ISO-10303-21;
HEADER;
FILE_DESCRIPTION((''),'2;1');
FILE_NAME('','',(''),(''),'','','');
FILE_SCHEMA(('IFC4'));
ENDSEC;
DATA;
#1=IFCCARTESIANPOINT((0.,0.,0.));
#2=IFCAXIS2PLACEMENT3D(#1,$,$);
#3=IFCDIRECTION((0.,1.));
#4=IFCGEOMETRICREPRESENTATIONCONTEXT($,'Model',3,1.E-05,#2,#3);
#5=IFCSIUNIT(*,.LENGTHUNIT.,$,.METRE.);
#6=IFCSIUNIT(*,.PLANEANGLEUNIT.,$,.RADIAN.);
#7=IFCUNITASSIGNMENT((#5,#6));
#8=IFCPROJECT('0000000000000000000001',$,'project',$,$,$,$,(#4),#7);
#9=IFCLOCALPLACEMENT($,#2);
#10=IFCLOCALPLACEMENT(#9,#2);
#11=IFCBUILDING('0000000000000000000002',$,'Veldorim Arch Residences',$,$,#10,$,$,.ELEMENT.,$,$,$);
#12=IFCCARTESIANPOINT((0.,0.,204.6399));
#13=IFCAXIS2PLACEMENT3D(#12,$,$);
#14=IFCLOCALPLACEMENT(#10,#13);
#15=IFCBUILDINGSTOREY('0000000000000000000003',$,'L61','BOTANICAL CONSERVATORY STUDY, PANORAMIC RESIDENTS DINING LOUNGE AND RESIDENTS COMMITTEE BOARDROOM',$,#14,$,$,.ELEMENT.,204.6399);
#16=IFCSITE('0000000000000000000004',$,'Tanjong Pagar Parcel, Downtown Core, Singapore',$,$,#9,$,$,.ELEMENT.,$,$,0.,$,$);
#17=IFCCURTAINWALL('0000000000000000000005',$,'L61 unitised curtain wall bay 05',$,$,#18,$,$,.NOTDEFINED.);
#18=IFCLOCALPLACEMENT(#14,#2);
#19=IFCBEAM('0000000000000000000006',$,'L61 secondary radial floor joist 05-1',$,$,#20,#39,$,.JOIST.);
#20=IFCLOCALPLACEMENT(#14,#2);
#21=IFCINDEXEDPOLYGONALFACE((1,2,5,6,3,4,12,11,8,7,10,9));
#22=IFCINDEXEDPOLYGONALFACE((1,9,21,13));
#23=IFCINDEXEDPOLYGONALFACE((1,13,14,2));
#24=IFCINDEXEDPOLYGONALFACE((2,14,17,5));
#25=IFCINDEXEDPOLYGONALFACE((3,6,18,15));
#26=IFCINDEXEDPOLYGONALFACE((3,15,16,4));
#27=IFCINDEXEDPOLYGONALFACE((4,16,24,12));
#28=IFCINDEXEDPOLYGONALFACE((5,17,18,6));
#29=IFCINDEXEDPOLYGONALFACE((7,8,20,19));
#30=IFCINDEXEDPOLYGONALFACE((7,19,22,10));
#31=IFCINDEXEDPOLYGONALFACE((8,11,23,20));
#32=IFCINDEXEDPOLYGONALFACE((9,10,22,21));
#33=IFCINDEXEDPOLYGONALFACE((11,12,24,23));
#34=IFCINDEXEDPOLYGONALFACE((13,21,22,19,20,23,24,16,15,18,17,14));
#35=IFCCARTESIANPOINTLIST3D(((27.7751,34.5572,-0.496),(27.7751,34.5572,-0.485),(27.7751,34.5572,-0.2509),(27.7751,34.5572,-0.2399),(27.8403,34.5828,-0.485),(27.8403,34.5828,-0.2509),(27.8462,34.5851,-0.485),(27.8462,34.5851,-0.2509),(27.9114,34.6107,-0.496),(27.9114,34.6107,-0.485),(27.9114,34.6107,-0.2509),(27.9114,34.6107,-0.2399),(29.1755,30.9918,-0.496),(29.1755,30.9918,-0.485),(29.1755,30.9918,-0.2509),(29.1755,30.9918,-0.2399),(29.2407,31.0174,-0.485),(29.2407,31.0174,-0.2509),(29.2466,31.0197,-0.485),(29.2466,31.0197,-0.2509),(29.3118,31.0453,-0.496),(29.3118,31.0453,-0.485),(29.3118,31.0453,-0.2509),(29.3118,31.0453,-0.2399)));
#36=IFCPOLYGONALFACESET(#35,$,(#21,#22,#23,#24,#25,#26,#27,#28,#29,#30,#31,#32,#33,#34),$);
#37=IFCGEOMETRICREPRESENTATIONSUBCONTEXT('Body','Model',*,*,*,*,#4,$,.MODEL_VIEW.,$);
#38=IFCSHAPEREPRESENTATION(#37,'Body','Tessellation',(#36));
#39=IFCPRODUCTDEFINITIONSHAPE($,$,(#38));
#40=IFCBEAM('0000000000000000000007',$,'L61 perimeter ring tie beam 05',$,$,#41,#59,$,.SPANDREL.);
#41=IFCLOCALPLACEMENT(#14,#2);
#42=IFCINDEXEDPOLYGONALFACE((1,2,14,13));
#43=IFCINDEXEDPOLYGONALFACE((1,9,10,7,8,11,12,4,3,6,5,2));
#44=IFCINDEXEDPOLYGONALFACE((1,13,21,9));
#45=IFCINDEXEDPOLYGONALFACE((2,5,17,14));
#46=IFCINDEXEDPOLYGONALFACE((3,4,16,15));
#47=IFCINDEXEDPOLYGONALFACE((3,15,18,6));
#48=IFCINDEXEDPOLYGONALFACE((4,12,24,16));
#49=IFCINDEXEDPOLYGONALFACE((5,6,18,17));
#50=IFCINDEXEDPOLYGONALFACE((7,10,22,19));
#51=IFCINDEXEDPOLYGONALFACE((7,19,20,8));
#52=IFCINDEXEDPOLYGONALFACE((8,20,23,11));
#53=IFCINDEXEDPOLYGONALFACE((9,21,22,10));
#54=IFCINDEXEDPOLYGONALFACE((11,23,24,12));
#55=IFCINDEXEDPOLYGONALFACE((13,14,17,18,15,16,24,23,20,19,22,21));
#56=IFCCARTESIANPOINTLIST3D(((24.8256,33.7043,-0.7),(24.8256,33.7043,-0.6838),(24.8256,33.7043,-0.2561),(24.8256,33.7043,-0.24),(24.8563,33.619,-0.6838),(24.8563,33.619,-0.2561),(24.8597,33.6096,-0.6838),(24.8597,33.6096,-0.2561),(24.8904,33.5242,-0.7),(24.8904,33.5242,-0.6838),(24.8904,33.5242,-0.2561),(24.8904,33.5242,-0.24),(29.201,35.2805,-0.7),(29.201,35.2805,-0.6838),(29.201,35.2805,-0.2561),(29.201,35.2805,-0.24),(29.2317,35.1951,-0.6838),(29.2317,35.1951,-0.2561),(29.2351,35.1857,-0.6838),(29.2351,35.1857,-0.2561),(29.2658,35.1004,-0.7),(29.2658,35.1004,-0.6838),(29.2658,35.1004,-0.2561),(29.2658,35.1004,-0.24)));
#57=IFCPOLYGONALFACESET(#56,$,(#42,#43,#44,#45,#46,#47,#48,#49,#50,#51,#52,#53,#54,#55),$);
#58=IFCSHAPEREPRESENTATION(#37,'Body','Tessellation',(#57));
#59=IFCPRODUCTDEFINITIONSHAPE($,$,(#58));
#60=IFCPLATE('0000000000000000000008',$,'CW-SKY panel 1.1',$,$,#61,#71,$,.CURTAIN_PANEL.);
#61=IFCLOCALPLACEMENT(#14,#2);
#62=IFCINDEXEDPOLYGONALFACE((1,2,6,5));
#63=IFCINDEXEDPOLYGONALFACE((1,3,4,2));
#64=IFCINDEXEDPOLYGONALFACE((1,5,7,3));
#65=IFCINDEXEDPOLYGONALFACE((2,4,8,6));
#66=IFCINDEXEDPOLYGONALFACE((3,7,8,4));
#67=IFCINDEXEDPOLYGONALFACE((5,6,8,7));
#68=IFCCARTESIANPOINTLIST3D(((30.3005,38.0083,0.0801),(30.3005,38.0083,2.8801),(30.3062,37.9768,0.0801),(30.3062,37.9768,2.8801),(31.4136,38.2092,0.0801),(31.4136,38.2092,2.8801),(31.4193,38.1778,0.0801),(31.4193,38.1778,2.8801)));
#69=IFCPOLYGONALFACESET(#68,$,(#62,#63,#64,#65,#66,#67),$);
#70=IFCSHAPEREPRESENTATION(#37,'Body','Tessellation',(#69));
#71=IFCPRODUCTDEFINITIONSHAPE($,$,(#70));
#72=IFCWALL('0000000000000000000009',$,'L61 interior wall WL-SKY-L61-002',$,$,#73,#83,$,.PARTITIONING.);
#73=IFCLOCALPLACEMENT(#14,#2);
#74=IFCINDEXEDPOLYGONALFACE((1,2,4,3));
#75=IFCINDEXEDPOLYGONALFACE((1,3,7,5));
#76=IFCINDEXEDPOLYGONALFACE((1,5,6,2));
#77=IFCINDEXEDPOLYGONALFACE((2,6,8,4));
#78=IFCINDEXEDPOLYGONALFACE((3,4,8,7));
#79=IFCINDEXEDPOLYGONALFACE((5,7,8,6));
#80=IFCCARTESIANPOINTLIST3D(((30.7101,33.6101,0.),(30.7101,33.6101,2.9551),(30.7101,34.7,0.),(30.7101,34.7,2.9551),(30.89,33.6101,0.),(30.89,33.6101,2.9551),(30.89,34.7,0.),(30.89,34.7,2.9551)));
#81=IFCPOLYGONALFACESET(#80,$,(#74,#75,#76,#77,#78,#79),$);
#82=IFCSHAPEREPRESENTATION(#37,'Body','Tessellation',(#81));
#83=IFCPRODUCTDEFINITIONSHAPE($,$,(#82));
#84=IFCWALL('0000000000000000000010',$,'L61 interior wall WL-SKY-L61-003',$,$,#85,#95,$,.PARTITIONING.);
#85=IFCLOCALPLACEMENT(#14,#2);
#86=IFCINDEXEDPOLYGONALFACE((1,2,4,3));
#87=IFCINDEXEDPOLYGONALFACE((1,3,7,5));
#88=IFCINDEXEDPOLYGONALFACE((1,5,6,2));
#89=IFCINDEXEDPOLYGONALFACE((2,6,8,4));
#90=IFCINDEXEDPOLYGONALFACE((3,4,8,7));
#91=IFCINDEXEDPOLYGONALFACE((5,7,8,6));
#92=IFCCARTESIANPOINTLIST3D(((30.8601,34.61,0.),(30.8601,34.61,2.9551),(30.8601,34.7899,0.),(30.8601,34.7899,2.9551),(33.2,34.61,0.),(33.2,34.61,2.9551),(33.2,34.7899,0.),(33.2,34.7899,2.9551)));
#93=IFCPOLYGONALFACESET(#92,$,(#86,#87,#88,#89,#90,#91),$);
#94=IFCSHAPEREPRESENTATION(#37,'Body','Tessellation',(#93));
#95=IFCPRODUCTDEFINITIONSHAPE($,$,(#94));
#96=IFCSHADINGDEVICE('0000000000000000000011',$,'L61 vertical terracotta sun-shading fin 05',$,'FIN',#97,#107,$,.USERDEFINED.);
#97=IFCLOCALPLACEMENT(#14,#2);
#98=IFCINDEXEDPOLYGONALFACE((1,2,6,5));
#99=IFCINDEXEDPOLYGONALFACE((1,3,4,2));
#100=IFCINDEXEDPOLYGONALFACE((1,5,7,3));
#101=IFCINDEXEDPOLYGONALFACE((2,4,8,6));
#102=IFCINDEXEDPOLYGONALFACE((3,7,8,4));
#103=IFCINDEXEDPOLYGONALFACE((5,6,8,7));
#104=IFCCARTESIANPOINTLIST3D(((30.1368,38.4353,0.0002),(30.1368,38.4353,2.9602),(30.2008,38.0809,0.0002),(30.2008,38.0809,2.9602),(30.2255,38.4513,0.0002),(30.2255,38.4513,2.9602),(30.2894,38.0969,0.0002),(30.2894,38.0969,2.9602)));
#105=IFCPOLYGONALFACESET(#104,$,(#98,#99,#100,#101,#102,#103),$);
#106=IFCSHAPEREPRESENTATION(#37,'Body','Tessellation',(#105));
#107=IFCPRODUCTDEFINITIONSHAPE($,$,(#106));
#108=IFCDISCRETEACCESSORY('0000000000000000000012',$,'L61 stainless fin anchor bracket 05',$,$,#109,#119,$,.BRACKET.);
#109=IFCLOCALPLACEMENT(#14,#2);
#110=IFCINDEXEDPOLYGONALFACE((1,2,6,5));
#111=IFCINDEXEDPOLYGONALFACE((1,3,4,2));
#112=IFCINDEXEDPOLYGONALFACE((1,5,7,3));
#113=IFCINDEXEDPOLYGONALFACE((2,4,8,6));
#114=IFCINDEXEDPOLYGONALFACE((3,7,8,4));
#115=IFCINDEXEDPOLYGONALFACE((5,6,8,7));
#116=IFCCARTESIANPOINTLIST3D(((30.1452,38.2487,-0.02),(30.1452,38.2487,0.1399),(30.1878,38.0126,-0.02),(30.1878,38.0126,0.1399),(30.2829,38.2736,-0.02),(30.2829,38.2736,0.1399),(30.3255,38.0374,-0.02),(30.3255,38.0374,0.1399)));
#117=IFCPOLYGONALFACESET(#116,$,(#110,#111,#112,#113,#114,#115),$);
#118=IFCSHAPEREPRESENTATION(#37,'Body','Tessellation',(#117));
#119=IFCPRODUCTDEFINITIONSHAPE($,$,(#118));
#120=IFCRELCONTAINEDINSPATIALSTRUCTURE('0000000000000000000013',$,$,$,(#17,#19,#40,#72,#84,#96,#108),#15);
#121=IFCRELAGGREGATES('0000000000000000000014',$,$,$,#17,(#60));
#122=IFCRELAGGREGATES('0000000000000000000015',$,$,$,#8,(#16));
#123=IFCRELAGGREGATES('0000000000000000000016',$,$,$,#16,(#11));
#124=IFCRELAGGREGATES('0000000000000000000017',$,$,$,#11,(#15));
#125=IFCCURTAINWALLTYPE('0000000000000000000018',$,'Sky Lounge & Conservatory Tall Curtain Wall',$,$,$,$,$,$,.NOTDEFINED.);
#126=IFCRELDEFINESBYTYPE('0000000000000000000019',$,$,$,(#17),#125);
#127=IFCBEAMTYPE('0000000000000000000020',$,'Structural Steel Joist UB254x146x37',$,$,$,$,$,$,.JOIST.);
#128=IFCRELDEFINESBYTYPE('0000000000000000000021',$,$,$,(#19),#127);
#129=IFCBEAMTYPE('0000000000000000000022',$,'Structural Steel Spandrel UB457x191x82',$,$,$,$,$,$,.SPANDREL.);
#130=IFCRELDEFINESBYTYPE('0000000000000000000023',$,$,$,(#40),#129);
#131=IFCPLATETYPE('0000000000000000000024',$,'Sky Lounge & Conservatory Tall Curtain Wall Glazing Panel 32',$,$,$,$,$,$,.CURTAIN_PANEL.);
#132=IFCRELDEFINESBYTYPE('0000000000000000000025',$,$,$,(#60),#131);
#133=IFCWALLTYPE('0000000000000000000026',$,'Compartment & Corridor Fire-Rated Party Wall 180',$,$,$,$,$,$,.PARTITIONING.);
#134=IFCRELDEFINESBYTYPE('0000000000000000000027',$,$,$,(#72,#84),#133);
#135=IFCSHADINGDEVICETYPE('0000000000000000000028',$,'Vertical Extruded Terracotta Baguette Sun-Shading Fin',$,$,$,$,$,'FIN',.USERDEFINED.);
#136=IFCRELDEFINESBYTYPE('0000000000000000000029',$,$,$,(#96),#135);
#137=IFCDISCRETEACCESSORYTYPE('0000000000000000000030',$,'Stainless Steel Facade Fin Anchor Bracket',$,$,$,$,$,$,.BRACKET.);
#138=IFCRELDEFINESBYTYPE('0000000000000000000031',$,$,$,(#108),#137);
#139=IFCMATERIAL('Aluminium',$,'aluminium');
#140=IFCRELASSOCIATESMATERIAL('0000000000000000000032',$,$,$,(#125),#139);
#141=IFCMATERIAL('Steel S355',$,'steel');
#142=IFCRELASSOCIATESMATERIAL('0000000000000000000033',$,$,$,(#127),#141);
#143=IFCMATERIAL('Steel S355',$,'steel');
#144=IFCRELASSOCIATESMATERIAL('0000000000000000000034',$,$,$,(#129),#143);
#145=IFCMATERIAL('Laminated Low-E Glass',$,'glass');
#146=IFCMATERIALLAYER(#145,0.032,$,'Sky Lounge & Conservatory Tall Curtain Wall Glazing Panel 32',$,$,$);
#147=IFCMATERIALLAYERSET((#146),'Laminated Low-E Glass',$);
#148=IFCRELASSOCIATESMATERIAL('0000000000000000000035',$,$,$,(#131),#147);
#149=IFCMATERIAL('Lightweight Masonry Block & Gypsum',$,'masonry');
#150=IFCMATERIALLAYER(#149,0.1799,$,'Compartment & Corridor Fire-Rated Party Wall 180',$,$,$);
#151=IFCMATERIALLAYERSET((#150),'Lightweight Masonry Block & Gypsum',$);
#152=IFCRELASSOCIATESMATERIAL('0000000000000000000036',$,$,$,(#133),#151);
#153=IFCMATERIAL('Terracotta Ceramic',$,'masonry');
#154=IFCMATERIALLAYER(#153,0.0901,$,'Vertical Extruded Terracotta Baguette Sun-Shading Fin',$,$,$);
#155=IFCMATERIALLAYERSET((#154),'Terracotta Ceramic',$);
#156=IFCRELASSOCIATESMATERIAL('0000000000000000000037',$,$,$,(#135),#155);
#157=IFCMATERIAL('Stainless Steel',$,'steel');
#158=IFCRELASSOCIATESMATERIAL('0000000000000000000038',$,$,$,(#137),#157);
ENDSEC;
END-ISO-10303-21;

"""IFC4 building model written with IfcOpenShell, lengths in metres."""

from ifc_helpers import new_model, si_unit, direction, frame, frame_2d, origin, origin_2d, place, context, subcontext, project, spatial, rectangle, i_section, extrude, material, layer, layer_set, material_profile, profile_set, type_object, element, aggregate, save


model = new_model("IFC4")

# Units and contexts
model_context = context("Model", 3, precision=1e-05, world=origin(), true_north=direction((0.0, 1.0)))
body_context = subcontext(model_context, "Body", "Model", "MODEL_VIEW")
ifc_project = project(units=[si_unit("LENGTHUNIT", "METRE"), si_unit("PLANEANGLEUNIT", "RADIAN")], contexts=[model_context])

# Site, building, storey
site_placement = place(None, origin())
site = spatial("IfcSite", under=ifc_project, at=site_placement, Name="Tanjong Pagar Parcel, Downtown Core, Singapore", CompositionType="ELEMENT", RefElevation=0.0)
building_placement = place(site_placement, origin())
building = spatial("IfcBuilding", under=site, at=building_placement, Name="Veldorim Arch Residences", CompositionType="ELEMENT")
storey_placement = place(building_placement, frame((0.0, 0.0, 204.6399)))
storey = spatial("IfcBuildingStorey", under=building, at=storey_placement, Name="L61", Description="BOTANICAL CONSERVATORY STUDY, PANORAMIC RESIDENTS DINING LOUNGE AND RESIDENTS COMMITTEE BOARDROOM", CompositionType="ELEMENT", Elevation=204.6399)

# Curtain wall
ifc_material_1 = material(Name="Aluminium", Category="aluminium")
curtain_wall_type = type_object("IfcCurtainWallType", Name="Sky Lounge & Conservatory Tall Curtain Wall", PredefinedType="NOTDEFINED", material=ifc_material_1)
curtain_wall_placement = place(storey_placement, origin())
curtain_wall = element("IfcCurtainWall", 1, at=curtain_wall_placement, inside=storey, type_object=curtain_wall_type, Name="L61 unitised curtain wall bay 05", PredefinedType="NOTDEFINED")

# Beams
ifc_material_2 = material(Name="Steel S355", Category="steel")
ifc_material_profile_1 = material_profile(ifc_material_2, i_section(OverallWidth=0.1465, OverallDepth=0.2561, WebThickness=0.0063, FlangeThickness=0.011, at=origin_2d()), Name="UB254x146x37")
ifc_profile_set_1 = profile_set([ifc_material_profile_1], Name="Steel S355")
beam_type_1 = type_object("IfcBeamType", Name="Structural Steel Joist UB254x146x37", PredefinedType="JOIST", material=ifc_profile_set_1)
beam_1_placement = place(storey_placement, frame((29.2437, 31.0186, -0.3679), z_axis=(-0.365581, 0.930779, 0.0), x_axis=(-0.930779, -0.365581, 0.0)))
element("IfcBeam", 2, at=beam_1_placement, inside=storey, type_object=beam_type_1, Name="L61 secondary radial floor joist 05-1", PredefinedType="JOIST", context=body_context, shape_type="SweptSolid", body=[
    extrude(i_section(OverallWidth=0.1465, OverallDepth=0.2561, WebThickness=0.0063, FlangeThickness=0.011, at=origin_2d()), origin(), (0.0, 0.0, 1.0), 3.8306),
])
ifc_material_3 = material(Name="Steel S355", Category="steel")
ifc_material_profile_2 = material_profile(ifc_material_3, i_section(OverallWidth=0.1914, OverallDepth=0.46, WebThickness=0.01, FlangeThickness=0.0161, at=origin_2d()), Name="UB457x191x82")
ifc_profile_set_2 = profile_set([ifc_material_profile_2], Name="Steel S355")
beam_type_2 = type_object("IfcBeamType", Name="Structural Steel Spandrel UB457x191x82", PredefinedType="SPANDREL", material=ifc_profile_set_2)
beam_2_placement = place(storey_placement, frame((29.2334, 35.1904, -0.47), z_axis=(-0.940819, -0.338909, 0.0), x_axis=(0.338909, -0.940819, 0.0)))
element("IfcBeam", 3, at=beam_2_placement, inside=storey, type_object=beam_type_2, Name="L61 perimeter ring tie beam 05", PredefinedType="SPANDREL", context=body_context, shape_type="SweptSolid", body=[
    extrude(i_section(OverallWidth=0.1914, OverallDepth=0.46, WebThickness=0.01, FlangeThickness=0.0161, at=origin_2d()), origin(), (0.0, 0.0, 1.0), 4.6506),
])

# Plate
ifc_material_4 = material(Name="Laminated Low-E Glass", Category="glass")
ifc_layer_1 = layer(ifc_material_4, 0.032, Name="Sky Lounge & Conservatory Tall Curtain Wall Glazing Panel 32")
ifc_layer_set_1 = layer_set([ifc_layer_1], Name="Laminated Low-E Glass")
plate_type = type_object("IfcPlateType", Name="Sky Lounge & Conservatory Tall Curtain Wall Glazing Panel 32", PredefinedType="CURTAIN_PANEL", material=ifc_layer_set_1)
plate_placement = place(storey_placement, frame((30.8599, 38.093, 0.0801), z_axis=(0.0, 0.0, 1.0), x_axis=(0.984088, 0.177683, 0.0)))
plate = element("IfcPlate", 4, at=plate_placement, type_object=plate_type, Name="CW-SKY panel 1.1", PredefinedType="CURTAIN_PANEL", context=body_context, shape_type="SweptSolid", body=[
    extrude(rectangle(XDim=1.1311, YDim=0.032, at=origin_2d()), origin(), (0.0, 0.0, 1.0), 2.8),
])
aggregate(curtain_wall, [plate])

# Walls
ifc_material_5 = material(Name="Lightweight Masonry Block & Gypsum", Category="masonry")
ifc_layer_2 = layer(ifc_material_5, 0.1799, Name="Compartment & Corridor Fire-Rated Party Wall 180")
ifc_layer_set_2 = layer_set([ifc_layer_2], Name="Lightweight Masonry Block & Gypsum")
wall_type = type_object("IfcWallType", Name="Compartment & Corridor Fire-Rated Party Wall 180", PredefinedType="PARTITIONING", material=ifc_layer_set_2)
wall_1_placement = place(storey_placement, frame((30.8, 33.6101, 0.0), z_axis=(0.0, 0.0, 1.0), x_axis=(0.0, 1.0, 0.0)))
element("IfcWall", 5, at=wall_1_placement, inside=storey, type_object=wall_type, Name="L61 interior wall WL-SKY-L61-002", PredefinedType="PARTITIONING", context=body_context, shape_type="SweptSolid", body=[
    extrude(rectangle(XDim=1.0898, YDim=0.1799, at=frame_2d((0.5449, 0.0))), origin(), (0.0, 0.0, 1.0), 2.9551),
])
wall_2_placement = place(storey_placement, frame((30.8601, 34.7, 0.0), z_axis=(0.0, 0.0, 1.0), x_axis=(1.0, 0.0, 0.0)))
element("IfcWall", 6, at=wall_2_placement, inside=storey, type_object=wall_type, Name="L61 interior wall WL-SKY-L61-003", PredefinedType="PARTITIONING", context=body_context, shape_type="SweptSolid", body=[
    extrude(rectangle(XDim=2.3398, YDim=0.1799, at=frame_2d((1.1699, 0.0))), origin(), (0.0, 0.0, 1.0), 2.9551),
])

# Shading device
ifc_material_6 = material(Name="Terracotta Ceramic", Category="masonry")
ifc_layer_3 = layer(ifc_material_6, 0.0901, Name="Vertical Extruded Terracotta Baguette Sun-Shading Fin")
ifc_layer_set_3 = layer_set([ifc_layer_3], Name="Terracotta Ceramic")
shading_device_type = type_object("IfcShadingDeviceType", Name="Vertical Extruded Terracotta Baguette Sun-Shading Fin", ElementType="FIN", PredefinedType="USERDEFINED", material=ifc_layer_set_3)
shading_device_placement = place(storey_placement, frame((30.2131, 38.2661, 0.0002), z_axis=(0.0, 0.0, 1.0), x_axis=(0.984103, 0.1776, 0.0)))
element("IfcShadingDevice", 7, at=shading_device_placement, inside=storey, type_object=shading_device_type, Name="L61 vertical terracotta sun-shading fin 05", ObjectType="FIN", PredefinedType="USERDEFINED", context=body_context, shape_type="SweptSolid", body=[
    extrude(rectangle(XDim=0.0901, YDim=0.3601, at=origin_2d()), origin(), (0.0, 0.0, 1.0), 2.96),
])

# Discrete accessory
ifc_material_7 = material(Name="Stainless Steel", Category="steel")
discrete_accessory_type = type_object("IfcDiscreteAccessoryType", Name="Stainless Steel Facade Fin Anchor Bracket", PredefinedType="BRACKET", material=ifc_material_7)
discrete_accessory_placement = place(storey_placement, frame((30.2354, 38.1431, -0.02), z_axis=(0.0, 0.0, 1.0), x_axis=(0.984103, 0.1776, 0.0)))
element("IfcDiscreteAccessory", 8, at=discrete_accessory_placement, inside=storey, type_object=discrete_accessory_type, Name="L61 stainless fin anchor bracket 05", PredefinedType="BRACKET", context=body_context, shape_type="SweptSolid", body=[
    extrude(rectangle(XDim=0.1399, YDim=0.24, at=origin_2d()), origin(), (0.0, 0.0, 1.0), 0.1599),
])

save(model, "model.ifc")
